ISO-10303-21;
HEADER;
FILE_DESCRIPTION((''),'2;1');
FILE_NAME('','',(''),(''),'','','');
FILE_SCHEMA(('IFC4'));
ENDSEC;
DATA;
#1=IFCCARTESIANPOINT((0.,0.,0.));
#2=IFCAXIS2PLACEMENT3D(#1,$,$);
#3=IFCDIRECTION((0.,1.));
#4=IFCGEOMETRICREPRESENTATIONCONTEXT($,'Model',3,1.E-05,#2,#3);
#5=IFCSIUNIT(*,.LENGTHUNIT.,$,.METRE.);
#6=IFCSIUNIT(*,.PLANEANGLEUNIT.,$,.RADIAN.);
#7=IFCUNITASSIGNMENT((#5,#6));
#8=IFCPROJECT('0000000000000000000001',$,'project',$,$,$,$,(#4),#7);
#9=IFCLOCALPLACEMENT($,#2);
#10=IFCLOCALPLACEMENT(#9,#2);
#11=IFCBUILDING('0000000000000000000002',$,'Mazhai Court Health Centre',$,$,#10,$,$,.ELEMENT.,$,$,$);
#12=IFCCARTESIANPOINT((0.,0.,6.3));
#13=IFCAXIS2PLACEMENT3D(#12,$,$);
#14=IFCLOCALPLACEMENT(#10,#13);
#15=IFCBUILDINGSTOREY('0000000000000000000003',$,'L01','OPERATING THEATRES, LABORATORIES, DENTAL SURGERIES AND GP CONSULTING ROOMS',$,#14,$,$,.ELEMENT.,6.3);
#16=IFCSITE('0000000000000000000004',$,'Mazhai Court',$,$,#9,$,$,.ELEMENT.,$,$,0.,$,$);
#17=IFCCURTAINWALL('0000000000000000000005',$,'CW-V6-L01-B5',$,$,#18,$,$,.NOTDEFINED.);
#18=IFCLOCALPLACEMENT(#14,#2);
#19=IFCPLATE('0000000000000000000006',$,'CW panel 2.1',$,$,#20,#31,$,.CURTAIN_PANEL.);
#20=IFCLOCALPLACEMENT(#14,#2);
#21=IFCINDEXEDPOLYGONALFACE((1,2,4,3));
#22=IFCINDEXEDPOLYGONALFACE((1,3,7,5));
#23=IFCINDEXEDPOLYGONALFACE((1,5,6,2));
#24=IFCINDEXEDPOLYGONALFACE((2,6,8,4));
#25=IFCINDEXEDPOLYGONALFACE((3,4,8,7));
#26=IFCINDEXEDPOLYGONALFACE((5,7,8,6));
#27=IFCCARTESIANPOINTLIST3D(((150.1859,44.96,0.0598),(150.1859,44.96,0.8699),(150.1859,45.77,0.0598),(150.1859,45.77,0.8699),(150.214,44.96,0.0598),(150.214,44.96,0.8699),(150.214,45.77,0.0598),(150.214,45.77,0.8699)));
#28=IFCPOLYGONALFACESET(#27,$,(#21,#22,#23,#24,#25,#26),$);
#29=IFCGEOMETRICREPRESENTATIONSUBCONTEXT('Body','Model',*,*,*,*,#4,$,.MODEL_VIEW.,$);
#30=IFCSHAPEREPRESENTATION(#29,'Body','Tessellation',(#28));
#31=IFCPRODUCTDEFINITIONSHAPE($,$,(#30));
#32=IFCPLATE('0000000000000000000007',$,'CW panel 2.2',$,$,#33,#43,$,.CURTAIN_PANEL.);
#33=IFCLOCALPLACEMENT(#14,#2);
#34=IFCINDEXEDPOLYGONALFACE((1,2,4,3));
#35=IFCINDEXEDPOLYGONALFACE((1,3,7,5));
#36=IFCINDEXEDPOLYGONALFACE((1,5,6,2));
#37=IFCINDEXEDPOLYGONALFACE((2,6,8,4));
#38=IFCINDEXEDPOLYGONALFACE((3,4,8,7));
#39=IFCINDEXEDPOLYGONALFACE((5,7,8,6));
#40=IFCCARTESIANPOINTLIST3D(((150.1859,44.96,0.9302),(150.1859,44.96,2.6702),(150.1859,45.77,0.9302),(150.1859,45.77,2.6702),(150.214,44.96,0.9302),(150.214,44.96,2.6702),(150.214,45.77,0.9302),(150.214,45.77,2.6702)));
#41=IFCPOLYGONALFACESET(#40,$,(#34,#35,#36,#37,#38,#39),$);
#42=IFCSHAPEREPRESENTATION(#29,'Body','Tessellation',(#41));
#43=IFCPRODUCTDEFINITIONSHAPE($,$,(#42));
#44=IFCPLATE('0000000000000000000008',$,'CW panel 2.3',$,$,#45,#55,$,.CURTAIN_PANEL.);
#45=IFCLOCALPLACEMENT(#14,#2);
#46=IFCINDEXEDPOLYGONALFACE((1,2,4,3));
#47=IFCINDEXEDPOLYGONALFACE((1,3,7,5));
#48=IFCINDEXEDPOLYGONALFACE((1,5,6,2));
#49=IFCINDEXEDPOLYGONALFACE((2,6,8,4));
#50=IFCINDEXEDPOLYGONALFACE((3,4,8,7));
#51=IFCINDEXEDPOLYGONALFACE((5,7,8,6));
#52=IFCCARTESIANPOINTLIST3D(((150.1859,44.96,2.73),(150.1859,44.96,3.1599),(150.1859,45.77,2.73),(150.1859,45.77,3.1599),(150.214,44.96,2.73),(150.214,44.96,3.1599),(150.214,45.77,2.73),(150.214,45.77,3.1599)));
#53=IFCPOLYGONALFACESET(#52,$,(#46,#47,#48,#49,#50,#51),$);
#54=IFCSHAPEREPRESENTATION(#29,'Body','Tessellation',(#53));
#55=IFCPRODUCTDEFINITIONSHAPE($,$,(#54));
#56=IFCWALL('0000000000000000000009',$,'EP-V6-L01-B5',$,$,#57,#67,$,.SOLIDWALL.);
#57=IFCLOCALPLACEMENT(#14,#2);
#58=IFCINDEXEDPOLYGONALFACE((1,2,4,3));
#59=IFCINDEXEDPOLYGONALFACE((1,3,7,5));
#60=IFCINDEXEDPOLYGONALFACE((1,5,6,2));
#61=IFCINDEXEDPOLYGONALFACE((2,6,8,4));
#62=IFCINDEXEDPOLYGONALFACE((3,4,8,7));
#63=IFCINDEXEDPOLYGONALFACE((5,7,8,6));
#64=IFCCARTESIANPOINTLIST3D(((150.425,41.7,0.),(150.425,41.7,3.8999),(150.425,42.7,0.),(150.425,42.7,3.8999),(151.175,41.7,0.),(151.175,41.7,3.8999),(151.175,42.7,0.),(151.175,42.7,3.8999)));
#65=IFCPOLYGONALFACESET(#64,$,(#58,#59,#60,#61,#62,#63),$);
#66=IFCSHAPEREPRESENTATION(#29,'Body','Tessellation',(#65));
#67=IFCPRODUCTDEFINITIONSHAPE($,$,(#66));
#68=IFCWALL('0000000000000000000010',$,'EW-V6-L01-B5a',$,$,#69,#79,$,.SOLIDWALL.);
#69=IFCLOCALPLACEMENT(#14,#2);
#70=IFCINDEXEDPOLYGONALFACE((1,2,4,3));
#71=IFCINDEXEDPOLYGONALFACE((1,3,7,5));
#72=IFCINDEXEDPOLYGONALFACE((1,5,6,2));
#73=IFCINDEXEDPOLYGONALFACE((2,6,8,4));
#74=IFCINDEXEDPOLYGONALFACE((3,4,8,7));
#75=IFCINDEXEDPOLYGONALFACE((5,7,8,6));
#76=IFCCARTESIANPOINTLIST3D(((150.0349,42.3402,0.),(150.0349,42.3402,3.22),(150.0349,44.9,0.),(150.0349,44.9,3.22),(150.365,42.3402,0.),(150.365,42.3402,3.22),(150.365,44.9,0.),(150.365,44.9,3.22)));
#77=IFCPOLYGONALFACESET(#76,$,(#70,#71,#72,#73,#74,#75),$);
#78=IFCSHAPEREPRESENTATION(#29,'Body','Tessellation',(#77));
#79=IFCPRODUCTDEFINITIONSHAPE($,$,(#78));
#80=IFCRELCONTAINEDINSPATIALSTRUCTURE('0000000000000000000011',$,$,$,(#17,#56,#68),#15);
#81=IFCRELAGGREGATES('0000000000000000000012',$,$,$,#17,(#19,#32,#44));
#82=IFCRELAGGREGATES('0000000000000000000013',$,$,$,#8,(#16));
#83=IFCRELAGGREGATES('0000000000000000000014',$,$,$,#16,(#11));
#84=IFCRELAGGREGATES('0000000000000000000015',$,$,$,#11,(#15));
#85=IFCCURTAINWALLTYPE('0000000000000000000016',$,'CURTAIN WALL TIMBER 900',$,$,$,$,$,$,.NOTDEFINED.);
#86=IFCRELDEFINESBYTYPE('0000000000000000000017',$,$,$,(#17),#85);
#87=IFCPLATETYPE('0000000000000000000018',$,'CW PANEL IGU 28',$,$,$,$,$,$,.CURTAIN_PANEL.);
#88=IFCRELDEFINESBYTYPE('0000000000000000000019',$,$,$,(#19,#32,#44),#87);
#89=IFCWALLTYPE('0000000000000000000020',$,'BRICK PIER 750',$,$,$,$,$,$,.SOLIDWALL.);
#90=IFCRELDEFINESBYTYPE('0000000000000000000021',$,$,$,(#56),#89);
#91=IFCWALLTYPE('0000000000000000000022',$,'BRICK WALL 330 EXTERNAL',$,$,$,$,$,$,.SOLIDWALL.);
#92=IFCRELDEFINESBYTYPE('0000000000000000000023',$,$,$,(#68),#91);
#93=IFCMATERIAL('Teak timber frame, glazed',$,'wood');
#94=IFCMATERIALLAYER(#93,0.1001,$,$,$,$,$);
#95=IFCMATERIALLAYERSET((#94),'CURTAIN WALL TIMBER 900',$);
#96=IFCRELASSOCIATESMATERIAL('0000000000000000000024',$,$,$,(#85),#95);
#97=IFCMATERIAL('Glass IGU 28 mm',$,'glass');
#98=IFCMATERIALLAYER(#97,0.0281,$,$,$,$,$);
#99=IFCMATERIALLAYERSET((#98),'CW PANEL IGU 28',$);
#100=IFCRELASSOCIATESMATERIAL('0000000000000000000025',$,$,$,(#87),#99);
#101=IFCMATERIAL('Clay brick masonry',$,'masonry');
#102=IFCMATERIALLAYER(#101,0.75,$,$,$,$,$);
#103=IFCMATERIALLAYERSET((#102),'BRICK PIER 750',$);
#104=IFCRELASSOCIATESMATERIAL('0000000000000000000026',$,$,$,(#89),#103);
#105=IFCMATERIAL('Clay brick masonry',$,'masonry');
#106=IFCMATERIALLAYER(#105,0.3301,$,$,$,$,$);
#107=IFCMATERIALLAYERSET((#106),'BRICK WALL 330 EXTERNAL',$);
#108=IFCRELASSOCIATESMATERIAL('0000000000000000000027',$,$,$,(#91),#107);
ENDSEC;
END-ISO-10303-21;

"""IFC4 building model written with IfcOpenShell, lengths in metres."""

from ifc_helpers import new_model, si_unit, direction, frame, frame_2d, origin, origin_2d, place, context, subcontext, project, spatial, rectangle, extrude, material, layer, layer_set, type_object, element, aggregate, save


model = new_model("IFC4")

# Units and contexts
model_context = context("Model", 3, precision=1e-05, world=origin(), true_north=direction((0.0, 1.0)))
body_context = subcontext(model_context, "Body", "Model", "MODEL_VIEW")
ifc_project = project(units=[si_unit("LENGTHUNIT", "METRE"), si_unit("PLANEANGLEUNIT", "RADIAN")], contexts=[model_context])

# Site, building, storey
site_placement = place(None, origin())
site = spatial("IfcSite", under=ifc_project, at=site_placement, Name="Mazhai Court", CompositionType="ELEMENT", RefElevation=0.0)
building_placement = place(site_placement, origin())
building = spatial("IfcBuilding", under=site, at=building_placement, Name="Mazhai Court Health Centre", CompositionType="ELEMENT")
storey_placement = place(building_placement, frame((0.0, 0.0, 6.3)))
storey = spatial("IfcBuildingStorey", under=building, at=storey_placement, Name="L01", Description="OPERATING THEATRES, LABORATORIES, DENTAL SURGERIES AND GP CONSULTING ROOMS", CompositionType="ELEMENT", Elevation=6.3)

# Curtain wall, plates
ifc_material_1 = material(Name="Teak timber frame, glazed", Category="wood")
ifc_layer_1 = layer(ifc_material_1, 0.1001)
ifc_layer_set_1 = layer_set([ifc_layer_1], Name="CURTAIN WALL TIMBER 900")
curtain_wall_type = type_object("IfcCurtainWallType", Name="CURTAIN WALL TIMBER 900", PredefinedType="NOTDEFINED", material=ifc_layer_set_1)
curtain_wall_placement = place(storey_placement, origin())
curtain_wall = element("IfcCurtainWall", 1, at=curtain_wall_placement, inside=storey, type_object=curtain_wall_type, Name="CW-V6-L01-B5", PredefinedType="NOTDEFINED")
ifc_material_2 = material(Name="Glass IGU 28 mm", Category="glass")
ifc_layer_2 = layer(ifc_material_2, 0.0281)
ifc_layer_set_2 = layer_set([ifc_layer_2], Name="CW PANEL IGU 28")
plate_type = type_object("IfcPlateType", Name="CW PANEL IGU 28", PredefinedType="CURTAIN_PANEL", material=ifc_layer_set_2)
plate_1_placement = place(storey_placement, frame((150.2, 45.365, 0.0598), z_axis=(0.0, 0.0, 1.0), x_axis=(0.0, -1.0, 0.0)))
plate_1 = element("IfcPlate", 2, at=plate_1_placement, type_object=plate_type, Name="CW panel 2.1", PredefinedType="CURTAIN_PANEL", context=body_context, shape_type="SweptSolid", body=[
    extrude(rectangle(XDim=0.8101, YDim=0.0281, at=origin_2d()), origin(), (0.0, 0.0, 1.0), 0.8101),
])
plate_2_placement = place(storey_placement, frame((150.2, 45.365, 0.9302), z_axis=(0.0, 0.0, 1.0), x_axis=(0.0, -1.0, 0.0)))
plate_2 = element("IfcPlate", 3, at=plate_2_placement, type_object=plate_type, Name="CW panel 2.2", PredefinedType="CURTAIN_PANEL", context=body_context, shape_type="SweptSolid", body=[
    extrude(rectangle(XDim=0.8101, YDim=0.0281, at=origin_2d()), origin(), (0.0, 0.0, 1.0), 1.74),
])
plate_3_placement = place(storey_placement, frame((150.2, 45.365, 2.73), z_axis=(0.0, 0.0, 1.0), x_axis=(0.0, -1.0, 0.0)))
plate_3 = element("IfcPlate", 4, at=plate_3_placement, type_object=plate_type, Name="CW panel 2.3", PredefinedType="CURTAIN_PANEL", context=body_context, shape_type="SweptSolid", body=[
    extrude(rectangle(XDim=0.8101, YDim=0.0281, at=origin_2d()), origin(), (0.0, 0.0, 1.0), 0.4299),
])
aggregate(curtain_wall, [plate_1, plate_2, plate_3])

# Walls
ifc_material_3 = material(Name="Clay brick masonry", Category="masonry")
ifc_layer_3 = layer(ifc_material_3, 0.75)
ifc_layer_set_3 = layer_set([ifc_layer_3], Name="BRICK PIER 750")
wall_type_1 = type_object("IfcWallType", Name="BRICK PIER 750", PredefinedType="SOLIDWALL", material=ifc_layer_set_3)
wall_1_placement = place(storey_placement, frame((150.8, 42.7, 0.0), z_axis=(0.0, 0.0, 1.0), x_axis=(0.0, -1.0, 0.0)))
element("IfcWall", 5, at=wall_1_placement, inside=storey, type_object=wall_type_1, Name="EP-V6-L01-B5", PredefinedType="SOLIDWALL", context=body_context, shape_type="SweptSolid", body=[
    extrude(rectangle(XDim=1.0, YDim=0.75, at=frame_2d((0.5, 0.0))), origin(), (0.0, 0.0, 1.0), 3.8999),
])
ifc_material_4 = material(Name="Clay brick masonry", Category="masonry")
ifc_layer_4 = layer(ifc_material_4, 0.3301)
ifc_layer_set_4 = layer_set([ifc_layer_4], Name="BRICK WALL 330 EXTERNAL")
wall_type_2 = type_object("IfcWallType", Name="BRICK WALL 330 EXTERNAL", PredefinedType="SOLIDWALL", material=ifc_layer_set_4)
wall_2_placement = place(storey_placement, frame((150.2, 44.8999, 0.0), z_axis=(0.0, 0.0, 1.0), x_axis=(0.0, -1.0, 0.0)))
element("IfcWall", 6, at=wall_2_placement, inside=storey, type_object=wall_type_2, Name="EW-V6-L01-B5a", PredefinedType="SOLIDWALL", context=body_context, shape_type="SweptSolid", body=[
    extrude(rectangle(XDim=2.5598, YDim=0.3301, at=frame_2d((1.2798, 0.0))), origin(), (0.0, 0.0, 1.0), 3.22),
])

save(model, "model.ifc")
